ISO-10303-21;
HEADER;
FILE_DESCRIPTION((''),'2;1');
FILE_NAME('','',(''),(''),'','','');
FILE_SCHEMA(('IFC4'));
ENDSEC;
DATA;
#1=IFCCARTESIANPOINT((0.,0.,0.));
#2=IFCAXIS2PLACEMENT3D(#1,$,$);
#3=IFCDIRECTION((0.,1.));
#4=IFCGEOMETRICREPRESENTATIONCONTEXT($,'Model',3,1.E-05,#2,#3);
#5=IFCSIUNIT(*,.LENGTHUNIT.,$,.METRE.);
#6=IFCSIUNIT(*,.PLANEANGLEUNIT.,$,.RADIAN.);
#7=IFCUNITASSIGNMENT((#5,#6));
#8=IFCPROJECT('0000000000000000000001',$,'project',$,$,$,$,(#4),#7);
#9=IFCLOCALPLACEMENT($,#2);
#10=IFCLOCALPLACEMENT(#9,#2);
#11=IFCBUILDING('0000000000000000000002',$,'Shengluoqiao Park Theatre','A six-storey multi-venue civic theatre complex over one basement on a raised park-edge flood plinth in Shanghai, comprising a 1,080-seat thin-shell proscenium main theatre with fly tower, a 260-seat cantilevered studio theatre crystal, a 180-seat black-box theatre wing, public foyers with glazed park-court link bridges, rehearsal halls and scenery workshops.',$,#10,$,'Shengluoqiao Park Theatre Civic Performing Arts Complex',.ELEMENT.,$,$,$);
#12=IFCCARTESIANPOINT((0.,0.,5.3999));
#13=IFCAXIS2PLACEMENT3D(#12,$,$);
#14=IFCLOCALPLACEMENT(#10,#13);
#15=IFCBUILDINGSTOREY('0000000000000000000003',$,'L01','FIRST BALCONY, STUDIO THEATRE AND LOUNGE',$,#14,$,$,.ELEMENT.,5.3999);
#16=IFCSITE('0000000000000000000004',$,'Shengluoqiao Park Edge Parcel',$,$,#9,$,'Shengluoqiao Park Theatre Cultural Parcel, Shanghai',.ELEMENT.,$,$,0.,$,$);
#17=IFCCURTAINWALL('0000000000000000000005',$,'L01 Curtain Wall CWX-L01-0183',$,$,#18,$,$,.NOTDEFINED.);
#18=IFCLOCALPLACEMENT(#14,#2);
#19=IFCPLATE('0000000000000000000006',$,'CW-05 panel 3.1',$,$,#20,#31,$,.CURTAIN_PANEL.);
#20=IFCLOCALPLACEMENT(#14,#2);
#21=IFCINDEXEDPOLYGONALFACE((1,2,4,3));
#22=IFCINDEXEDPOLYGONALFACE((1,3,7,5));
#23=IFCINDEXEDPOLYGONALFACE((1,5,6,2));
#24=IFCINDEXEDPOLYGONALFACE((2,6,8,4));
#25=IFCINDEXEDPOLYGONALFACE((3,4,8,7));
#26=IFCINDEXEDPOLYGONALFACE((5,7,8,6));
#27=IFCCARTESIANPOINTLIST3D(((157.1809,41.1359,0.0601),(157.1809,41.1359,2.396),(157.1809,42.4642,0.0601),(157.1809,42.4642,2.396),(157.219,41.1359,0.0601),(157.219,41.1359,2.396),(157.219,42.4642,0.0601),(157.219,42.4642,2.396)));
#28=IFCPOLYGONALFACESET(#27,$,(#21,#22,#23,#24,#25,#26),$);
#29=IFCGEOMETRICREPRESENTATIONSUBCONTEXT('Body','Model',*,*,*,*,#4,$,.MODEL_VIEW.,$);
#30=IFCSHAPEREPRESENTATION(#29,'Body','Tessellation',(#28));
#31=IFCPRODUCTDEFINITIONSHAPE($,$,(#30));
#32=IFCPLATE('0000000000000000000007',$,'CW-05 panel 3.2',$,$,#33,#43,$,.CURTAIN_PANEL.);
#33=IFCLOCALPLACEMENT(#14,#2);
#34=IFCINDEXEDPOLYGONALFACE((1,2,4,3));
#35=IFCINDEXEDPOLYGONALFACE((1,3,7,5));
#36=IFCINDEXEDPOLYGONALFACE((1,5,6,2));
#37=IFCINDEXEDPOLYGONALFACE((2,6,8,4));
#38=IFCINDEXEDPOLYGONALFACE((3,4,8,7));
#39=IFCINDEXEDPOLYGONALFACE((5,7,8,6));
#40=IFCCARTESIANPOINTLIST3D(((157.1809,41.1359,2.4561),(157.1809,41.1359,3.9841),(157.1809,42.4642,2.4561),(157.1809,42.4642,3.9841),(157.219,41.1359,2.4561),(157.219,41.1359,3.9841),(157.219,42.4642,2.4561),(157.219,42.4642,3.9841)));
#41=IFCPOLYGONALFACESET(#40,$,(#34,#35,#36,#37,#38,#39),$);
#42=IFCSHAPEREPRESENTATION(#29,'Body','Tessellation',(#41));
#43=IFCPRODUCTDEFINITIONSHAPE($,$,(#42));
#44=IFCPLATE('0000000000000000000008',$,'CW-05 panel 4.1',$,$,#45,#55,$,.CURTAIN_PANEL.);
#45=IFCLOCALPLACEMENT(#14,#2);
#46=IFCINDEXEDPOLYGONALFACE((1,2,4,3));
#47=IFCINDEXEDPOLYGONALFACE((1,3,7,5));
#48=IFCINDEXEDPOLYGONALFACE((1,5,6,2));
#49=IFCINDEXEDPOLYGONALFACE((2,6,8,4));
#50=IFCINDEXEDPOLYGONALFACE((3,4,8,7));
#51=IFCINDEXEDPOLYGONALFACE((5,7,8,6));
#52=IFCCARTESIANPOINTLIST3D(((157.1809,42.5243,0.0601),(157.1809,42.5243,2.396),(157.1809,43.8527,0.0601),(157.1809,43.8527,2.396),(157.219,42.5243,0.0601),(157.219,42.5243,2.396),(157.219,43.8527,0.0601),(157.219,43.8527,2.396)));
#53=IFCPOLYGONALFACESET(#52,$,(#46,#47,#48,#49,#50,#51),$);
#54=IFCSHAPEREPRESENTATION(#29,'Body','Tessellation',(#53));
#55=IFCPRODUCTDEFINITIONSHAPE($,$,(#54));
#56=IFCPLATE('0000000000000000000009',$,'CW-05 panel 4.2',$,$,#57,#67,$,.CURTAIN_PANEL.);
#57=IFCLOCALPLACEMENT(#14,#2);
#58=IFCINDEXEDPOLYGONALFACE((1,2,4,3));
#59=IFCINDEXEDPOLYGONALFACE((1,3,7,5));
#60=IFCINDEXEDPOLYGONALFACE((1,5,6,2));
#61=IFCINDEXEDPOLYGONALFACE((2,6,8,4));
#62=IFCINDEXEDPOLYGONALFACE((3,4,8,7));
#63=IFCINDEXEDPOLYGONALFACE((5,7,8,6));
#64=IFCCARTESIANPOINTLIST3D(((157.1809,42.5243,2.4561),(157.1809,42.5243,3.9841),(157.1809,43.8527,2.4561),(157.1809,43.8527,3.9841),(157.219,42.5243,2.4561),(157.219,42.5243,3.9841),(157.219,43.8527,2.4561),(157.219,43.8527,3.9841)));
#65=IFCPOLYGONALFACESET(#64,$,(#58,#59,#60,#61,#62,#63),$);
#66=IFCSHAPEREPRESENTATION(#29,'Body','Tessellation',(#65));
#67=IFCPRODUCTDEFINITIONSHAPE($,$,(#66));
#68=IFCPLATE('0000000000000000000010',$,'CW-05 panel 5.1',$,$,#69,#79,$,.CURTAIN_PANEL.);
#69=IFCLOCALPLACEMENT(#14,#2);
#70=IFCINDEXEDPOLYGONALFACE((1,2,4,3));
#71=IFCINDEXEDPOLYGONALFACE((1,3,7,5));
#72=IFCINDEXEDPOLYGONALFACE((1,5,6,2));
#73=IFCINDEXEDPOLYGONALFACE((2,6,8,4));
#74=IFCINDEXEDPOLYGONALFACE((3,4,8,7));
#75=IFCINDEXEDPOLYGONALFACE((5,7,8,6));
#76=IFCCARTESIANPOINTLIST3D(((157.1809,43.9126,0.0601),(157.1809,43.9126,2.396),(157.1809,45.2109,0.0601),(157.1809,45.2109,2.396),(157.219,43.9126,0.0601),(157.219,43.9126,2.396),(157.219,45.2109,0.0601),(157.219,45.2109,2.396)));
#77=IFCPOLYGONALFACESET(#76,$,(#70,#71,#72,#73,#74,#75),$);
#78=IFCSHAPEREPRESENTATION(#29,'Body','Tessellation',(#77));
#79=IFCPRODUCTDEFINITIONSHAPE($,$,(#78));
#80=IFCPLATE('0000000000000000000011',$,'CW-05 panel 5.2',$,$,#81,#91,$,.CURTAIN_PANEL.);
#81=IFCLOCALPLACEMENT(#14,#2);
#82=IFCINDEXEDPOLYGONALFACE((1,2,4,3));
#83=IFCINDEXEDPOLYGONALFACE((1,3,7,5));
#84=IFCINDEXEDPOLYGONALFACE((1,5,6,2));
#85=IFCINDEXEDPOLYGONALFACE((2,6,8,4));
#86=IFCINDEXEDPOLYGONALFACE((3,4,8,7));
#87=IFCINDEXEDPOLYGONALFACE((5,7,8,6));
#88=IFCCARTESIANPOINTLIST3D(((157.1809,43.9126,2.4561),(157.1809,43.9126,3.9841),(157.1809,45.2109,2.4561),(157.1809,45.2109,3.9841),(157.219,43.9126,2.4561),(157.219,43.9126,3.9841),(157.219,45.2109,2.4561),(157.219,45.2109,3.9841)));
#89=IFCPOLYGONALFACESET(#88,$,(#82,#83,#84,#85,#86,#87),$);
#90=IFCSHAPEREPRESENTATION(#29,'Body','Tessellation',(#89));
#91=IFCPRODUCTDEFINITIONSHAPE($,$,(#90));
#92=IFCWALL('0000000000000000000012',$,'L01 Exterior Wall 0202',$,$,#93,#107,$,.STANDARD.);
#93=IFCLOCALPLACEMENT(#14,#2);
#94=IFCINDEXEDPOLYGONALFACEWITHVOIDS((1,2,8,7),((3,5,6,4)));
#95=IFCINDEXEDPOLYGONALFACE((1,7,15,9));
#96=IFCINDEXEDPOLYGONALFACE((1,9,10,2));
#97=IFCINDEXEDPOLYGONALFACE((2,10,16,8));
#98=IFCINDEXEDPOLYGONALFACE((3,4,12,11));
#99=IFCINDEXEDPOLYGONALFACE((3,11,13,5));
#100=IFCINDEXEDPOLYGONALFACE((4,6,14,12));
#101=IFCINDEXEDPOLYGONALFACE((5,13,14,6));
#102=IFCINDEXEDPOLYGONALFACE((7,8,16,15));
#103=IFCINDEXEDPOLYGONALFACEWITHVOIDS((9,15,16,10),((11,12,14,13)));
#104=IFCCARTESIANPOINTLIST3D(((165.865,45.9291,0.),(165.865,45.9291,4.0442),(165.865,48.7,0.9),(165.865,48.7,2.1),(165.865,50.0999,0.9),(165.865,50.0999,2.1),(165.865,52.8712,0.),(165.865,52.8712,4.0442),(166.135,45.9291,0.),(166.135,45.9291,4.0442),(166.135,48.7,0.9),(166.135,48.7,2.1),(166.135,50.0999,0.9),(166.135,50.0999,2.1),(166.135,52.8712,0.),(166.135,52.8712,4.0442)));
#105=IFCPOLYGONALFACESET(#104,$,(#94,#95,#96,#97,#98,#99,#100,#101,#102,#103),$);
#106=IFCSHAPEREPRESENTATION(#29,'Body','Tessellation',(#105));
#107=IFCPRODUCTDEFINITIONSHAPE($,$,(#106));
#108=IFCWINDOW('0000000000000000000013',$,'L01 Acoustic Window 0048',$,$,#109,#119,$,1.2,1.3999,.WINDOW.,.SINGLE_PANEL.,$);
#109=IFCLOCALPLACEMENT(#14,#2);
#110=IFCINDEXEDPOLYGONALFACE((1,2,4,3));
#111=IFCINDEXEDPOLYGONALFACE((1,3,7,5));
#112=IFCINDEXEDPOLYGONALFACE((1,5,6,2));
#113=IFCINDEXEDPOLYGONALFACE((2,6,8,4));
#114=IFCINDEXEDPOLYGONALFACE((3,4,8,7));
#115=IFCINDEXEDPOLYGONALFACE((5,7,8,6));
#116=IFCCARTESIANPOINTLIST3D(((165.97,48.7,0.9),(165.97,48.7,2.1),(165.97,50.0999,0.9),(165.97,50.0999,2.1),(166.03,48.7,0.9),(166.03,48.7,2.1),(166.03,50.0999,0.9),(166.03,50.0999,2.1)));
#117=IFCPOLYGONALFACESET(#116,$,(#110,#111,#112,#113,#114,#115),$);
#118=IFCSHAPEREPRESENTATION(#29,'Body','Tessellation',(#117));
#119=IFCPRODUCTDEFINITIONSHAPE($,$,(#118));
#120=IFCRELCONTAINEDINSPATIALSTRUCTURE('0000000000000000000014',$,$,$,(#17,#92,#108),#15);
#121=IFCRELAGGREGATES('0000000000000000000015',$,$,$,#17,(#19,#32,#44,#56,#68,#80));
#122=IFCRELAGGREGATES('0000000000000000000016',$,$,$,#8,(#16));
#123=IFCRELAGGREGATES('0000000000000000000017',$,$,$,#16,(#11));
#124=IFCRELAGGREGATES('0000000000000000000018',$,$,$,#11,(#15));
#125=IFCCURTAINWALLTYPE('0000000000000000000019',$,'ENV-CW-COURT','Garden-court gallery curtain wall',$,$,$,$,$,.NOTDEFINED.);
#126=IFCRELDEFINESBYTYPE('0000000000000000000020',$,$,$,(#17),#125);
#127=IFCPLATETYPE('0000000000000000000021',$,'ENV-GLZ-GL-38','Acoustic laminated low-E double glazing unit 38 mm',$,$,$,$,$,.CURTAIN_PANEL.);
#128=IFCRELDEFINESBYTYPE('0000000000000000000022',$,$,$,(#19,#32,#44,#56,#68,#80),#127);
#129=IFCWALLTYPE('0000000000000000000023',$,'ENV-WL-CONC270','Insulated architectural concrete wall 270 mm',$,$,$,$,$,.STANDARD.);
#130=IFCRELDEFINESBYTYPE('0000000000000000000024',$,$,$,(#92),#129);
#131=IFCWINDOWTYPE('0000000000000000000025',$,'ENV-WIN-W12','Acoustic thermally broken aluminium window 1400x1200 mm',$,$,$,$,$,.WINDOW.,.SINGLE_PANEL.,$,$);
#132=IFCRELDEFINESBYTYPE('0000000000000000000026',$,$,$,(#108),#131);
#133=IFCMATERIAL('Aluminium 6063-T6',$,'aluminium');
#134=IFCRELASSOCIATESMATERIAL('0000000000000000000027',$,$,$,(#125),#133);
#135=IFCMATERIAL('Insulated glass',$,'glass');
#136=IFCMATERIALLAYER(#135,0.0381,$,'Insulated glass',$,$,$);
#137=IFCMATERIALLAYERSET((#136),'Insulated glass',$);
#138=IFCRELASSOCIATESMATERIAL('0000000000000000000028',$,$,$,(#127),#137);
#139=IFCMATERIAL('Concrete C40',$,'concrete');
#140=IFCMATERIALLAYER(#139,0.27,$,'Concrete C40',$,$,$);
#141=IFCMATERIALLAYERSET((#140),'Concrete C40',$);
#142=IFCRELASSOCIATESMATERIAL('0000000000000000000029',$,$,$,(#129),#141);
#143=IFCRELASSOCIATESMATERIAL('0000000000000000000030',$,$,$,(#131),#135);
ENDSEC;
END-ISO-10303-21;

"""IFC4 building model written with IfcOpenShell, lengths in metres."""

from ifc_helpers import new_model, si_unit, direction, frame, frame_2d, origin, origin_2d, place, context, subcontext, project, spatial, rectangle, extrude, material, layer, layer_set, type_object, element, fill, aggregate, save


model = new_model("IFC4")

# Units and contexts
model_context = context("Model", 3, precision=1e-05, world=origin(), true_north=direction((0.0, 1.0)))
body_context = subcontext(model_context, "Body", "Model", "MODEL_VIEW")
ifc_project = project(units=[si_unit("LENGTHUNIT", "METRE"), si_unit("PLANEANGLEUNIT", "RADIAN")], contexts=[model_context])

# Site, building, storey
site_placement = place(None, origin())
site = spatial("IfcSite", under=ifc_project, at=site_placement, Name="Shengluoqiao Park Edge Parcel", LongName="Shengluoqiao Park Theatre Cultural Parcel, Shanghai", CompositionType="ELEMENT", RefElevation=0.0)
building_placement = place(site_placement, origin())
building = spatial("IfcBuilding", under=site, at=building_placement, Name="Shengluoqiao Park Theatre", Description="A six-storey multi-venue civic theatre complex over one basement on a raised park-edge flood plinth in Shanghai, comprising a 1,080-seat thin-shell proscenium main theatre with fly tower, a 260-seat cantilevered studio theatre crystal, a 180-seat black-box theatre wing, public foyers with glazed park-court link bridges, rehearsal halls and scenery workshops.", LongName="Shengluoqiao Park Theatre Civic Performing Arts Complex", CompositionType="ELEMENT")
storey_placement = place(building_placement, frame((0.0, 0.0, 5.3999)))
storey = spatial("IfcBuildingStorey", under=building, at=storey_placement, Name="L01", Description="FIRST BALCONY, STUDIO THEATRE AND LOUNGE", CompositionType="ELEMENT", Elevation=5.3999)

# Shared definitions
ifc_material_1 = material(Name="Concrete C40", Category="concrete")

# Curtain wall
ifc_material_2 = material(Name="Aluminium 6063-T6", Category="aluminium")
curtain_wall_type = type_object("IfcCurtainWallType", Name="ENV-CW-COURT", Description="Garden-court gallery curtain wall", PredefinedType="NOTDEFINED", material=ifc_material_2)
curtain_wall_1_placement = place(storey_placement, origin())
curtain_wall_1 = element("IfcCurtainWall", 1, at=curtain_wall_1_placement, inside=storey, type_object=curtain_wall_type, Name="L01 Curtain Wall CWX-L01-0183", PredefinedType="NOTDEFINED")

# Plates
ifc_material_3 = material(Name="Insulated glass", Category="glass")
ifc_layer_1 = layer(ifc_material_3, 0.0381, Name="Insulated glass")
ifc_layer_set_1 = layer_set([ifc_layer_1], Name="Insulated glass")
plate_type = type_object("IfcPlateType", Name="ENV-GLZ-GL-38", Description="Acoustic laminated low-E double glazing unit 38 mm", PredefinedType="CURTAIN_PANEL", material=ifc_layer_set_1)
plate_1_placement = place(storey_placement, frame((157.2, 41.8, 0.0601), z_axis=(0.0, 0.0, 1.0), x_axis=(0.0, 1.0, 0.0)))
plate_1 = element("IfcPlate", 2, at=plate_1_placement, type_object=plate_type, Name="CW-05 panel 3.1", PredefinedType="CURTAIN_PANEL", context=body_context, shape_type="SweptSolid", body=[
    extrude(rectangle(XDim=1.3284, YDim=0.0381, at=origin_2d()), origin(), (0.0, 0.0, 1.0), 2.3359),
])
plate_2_placement = place(storey_placement, frame((157.2, 41.8, 2.4561), z_axis=(0.0, 0.0, 1.0), x_axis=(0.0, 1.0, 0.0)))
plate_2 = element("IfcPlate", 3, at=plate_2_placement, type_object=plate_type, Name="CW-05 panel 3.2", PredefinedType="CURTAIN_PANEL", context=body_context, shape_type="SweptSolid", body=[
    extrude(rectangle(XDim=1.3284, YDim=0.0381, at=origin_2d()), origin(), (0.0, 0.0, 1.0), 1.5281),
])
plate_3_placement = place(storey_placement, frame((157.2, 43.1885, 0.0601), z_axis=(0.0, 0.0, 1.0), x_axis=(0.0, 1.0, 0.0)))
plate_3 = element("IfcPlate", 4, at=plate_3_placement, type_object=plate_type, Name="CW-05 panel 4.1", PredefinedType="CURTAIN_PANEL", context=body_context, shape_type="SweptSolid", body=[
    extrude(rectangle(XDim=1.3284, YDim=0.0381, at=origin_2d()), origin(), (0.0, 0.0, 1.0), 2.3359),
])
plate_4_placement = place(storey_placement, frame((157.2, 43.1885, 2.4561), z_axis=(0.0, 0.0, 1.0), x_axis=(0.0, 1.0, 0.0)))
plate_4 = element("IfcPlate", 5, at=plate_4_placement, type_object=plate_type, Name="CW-05 panel 4.2", PredefinedType="CURTAIN_PANEL", context=body_context, shape_type="SweptSolid", body=[
    extrude(rectangle(XDim=1.3284, YDim=0.0381, at=origin_2d()), origin(), (0.0, 0.0, 1.0), 1.5281),
])
plate_5_placement = place(storey_placement, frame((157.2, 44.5618, 0.0601), z_axis=(0.0, 0.0, 1.0), x_axis=(0.0, 1.0, 0.0)))
plate_5 = element("IfcPlate", 6, at=plate_5_placement, type_object=plate_type, Name="CW-05 panel 5.1", PredefinedType="CURTAIN_PANEL", context=body_context, shape_type="SweptSolid", body=[
    extrude(rectangle(XDim=1.2983, YDim=0.0381, at=origin_2d()), origin(), (0.0, 0.0, 1.0), 2.3359),
])
plate_6_placement = place(storey_placement, frame((157.2, 44.5618, 2.4561), z_axis=(0.0, 0.0, 1.0), x_axis=(0.0, 1.0, 0.0)))
plate_6 = element("IfcPlate", 7, at=plate_6_placement, type_object=plate_type, Name="CW-05 panel 5.2", PredefinedType="CURTAIN_PANEL", context=body_context, shape_type="SweptSolid", body=[
    extrude(rectangle(XDim=1.2983, YDim=0.0381, at=origin_2d()), origin(), (0.0, 0.0, 1.0), 1.5281),
])
aggregate(curtain_wall_1, [plate_1, plate_2, plate_3, plate_4, plate_5, plate_6])

# Wall, opening, window
ifc_layer_2 = layer(ifc_material_1, 0.27, Name="Concrete C40")
ifc_layer_set_2 = layer_set([ifc_layer_2], Name="Concrete C40")
wall_type = type_object("IfcWallType", Name="ENV-WL-CONC270", Description="Insulated architectural concrete wall 270 mm", PredefinedType="STANDARD", material=ifc_layer_set_2)
wall_placement = place(storey_placement, frame((166.0, 45.929, 0.0), z_axis=(0.0, 0.0, 1.0), x_axis=(0.0, 1.0, 0.0)))
wall = element("IfcWall", 8, at=wall_placement, inside=storey, type_object=wall_type, Name="L01 Exterior Wall 0202", PredefinedType="STANDARD", context=body_context, shape_type="SweptSolid", body=[
    extrude(rectangle(XDim=6.9421, YDim=0.27, at=frame_2d((3.4712, 0.0))), origin(), (0.0, 0.0, 1.0), 4.0442),
])
opening_placement = place(wall_placement, frame((2.771, 0.0, 0.8999)))
opening = element("IfcOpeningElement", 9, at=opening_placement, cuts=wall, PredefinedType="OPENING", context=body_context, shape_type="SweptSolid", body=[
    extrude(rectangle(XDim=1.3999, YDim=1.2, at=frame_2d((0.7, 0.6001))), frame((0.0, 0.145, 0.0), z_axis=(0.0, -1.0, 0.0), x_axis=(1.0, 0.0, 0.0)), (0.0, 0.0, 1.0), 0.29),
])
window_type = type_object("IfcWindowType", Name="ENV-WIN-W12", Description="Acoustic thermally broken aluminium window 1400x1200 mm", PartitioningType="SINGLE_PANEL", PredefinedType="WINDOW", material=ifc_material_3)
window_placement = place(opening_placement, origin())
window = element("IfcWindow", 10, at=window_placement, inside=storey, type_object=window_type, Name="L01 Acoustic Window 0048", OverallHeight=1.2, OverallWidth=1.3999, PartitioningType="SINGLE_PANEL", PredefinedType="WINDOW", context=body_context, shape_type="SweptSolid", body=[
    extrude(rectangle(XDim=1.3999, YDim=1.2, at=frame_2d((0.7, 0.6001))), frame((0.0, 0.03, 0.0), z_axis=(0.0, -1.0, 0.0), x_axis=(1.0, 0.0, 0.0)), (0.0, 0.0, 1.0), 0.0601),
])
fill(opening, window)

save(model, "model.ifc")
